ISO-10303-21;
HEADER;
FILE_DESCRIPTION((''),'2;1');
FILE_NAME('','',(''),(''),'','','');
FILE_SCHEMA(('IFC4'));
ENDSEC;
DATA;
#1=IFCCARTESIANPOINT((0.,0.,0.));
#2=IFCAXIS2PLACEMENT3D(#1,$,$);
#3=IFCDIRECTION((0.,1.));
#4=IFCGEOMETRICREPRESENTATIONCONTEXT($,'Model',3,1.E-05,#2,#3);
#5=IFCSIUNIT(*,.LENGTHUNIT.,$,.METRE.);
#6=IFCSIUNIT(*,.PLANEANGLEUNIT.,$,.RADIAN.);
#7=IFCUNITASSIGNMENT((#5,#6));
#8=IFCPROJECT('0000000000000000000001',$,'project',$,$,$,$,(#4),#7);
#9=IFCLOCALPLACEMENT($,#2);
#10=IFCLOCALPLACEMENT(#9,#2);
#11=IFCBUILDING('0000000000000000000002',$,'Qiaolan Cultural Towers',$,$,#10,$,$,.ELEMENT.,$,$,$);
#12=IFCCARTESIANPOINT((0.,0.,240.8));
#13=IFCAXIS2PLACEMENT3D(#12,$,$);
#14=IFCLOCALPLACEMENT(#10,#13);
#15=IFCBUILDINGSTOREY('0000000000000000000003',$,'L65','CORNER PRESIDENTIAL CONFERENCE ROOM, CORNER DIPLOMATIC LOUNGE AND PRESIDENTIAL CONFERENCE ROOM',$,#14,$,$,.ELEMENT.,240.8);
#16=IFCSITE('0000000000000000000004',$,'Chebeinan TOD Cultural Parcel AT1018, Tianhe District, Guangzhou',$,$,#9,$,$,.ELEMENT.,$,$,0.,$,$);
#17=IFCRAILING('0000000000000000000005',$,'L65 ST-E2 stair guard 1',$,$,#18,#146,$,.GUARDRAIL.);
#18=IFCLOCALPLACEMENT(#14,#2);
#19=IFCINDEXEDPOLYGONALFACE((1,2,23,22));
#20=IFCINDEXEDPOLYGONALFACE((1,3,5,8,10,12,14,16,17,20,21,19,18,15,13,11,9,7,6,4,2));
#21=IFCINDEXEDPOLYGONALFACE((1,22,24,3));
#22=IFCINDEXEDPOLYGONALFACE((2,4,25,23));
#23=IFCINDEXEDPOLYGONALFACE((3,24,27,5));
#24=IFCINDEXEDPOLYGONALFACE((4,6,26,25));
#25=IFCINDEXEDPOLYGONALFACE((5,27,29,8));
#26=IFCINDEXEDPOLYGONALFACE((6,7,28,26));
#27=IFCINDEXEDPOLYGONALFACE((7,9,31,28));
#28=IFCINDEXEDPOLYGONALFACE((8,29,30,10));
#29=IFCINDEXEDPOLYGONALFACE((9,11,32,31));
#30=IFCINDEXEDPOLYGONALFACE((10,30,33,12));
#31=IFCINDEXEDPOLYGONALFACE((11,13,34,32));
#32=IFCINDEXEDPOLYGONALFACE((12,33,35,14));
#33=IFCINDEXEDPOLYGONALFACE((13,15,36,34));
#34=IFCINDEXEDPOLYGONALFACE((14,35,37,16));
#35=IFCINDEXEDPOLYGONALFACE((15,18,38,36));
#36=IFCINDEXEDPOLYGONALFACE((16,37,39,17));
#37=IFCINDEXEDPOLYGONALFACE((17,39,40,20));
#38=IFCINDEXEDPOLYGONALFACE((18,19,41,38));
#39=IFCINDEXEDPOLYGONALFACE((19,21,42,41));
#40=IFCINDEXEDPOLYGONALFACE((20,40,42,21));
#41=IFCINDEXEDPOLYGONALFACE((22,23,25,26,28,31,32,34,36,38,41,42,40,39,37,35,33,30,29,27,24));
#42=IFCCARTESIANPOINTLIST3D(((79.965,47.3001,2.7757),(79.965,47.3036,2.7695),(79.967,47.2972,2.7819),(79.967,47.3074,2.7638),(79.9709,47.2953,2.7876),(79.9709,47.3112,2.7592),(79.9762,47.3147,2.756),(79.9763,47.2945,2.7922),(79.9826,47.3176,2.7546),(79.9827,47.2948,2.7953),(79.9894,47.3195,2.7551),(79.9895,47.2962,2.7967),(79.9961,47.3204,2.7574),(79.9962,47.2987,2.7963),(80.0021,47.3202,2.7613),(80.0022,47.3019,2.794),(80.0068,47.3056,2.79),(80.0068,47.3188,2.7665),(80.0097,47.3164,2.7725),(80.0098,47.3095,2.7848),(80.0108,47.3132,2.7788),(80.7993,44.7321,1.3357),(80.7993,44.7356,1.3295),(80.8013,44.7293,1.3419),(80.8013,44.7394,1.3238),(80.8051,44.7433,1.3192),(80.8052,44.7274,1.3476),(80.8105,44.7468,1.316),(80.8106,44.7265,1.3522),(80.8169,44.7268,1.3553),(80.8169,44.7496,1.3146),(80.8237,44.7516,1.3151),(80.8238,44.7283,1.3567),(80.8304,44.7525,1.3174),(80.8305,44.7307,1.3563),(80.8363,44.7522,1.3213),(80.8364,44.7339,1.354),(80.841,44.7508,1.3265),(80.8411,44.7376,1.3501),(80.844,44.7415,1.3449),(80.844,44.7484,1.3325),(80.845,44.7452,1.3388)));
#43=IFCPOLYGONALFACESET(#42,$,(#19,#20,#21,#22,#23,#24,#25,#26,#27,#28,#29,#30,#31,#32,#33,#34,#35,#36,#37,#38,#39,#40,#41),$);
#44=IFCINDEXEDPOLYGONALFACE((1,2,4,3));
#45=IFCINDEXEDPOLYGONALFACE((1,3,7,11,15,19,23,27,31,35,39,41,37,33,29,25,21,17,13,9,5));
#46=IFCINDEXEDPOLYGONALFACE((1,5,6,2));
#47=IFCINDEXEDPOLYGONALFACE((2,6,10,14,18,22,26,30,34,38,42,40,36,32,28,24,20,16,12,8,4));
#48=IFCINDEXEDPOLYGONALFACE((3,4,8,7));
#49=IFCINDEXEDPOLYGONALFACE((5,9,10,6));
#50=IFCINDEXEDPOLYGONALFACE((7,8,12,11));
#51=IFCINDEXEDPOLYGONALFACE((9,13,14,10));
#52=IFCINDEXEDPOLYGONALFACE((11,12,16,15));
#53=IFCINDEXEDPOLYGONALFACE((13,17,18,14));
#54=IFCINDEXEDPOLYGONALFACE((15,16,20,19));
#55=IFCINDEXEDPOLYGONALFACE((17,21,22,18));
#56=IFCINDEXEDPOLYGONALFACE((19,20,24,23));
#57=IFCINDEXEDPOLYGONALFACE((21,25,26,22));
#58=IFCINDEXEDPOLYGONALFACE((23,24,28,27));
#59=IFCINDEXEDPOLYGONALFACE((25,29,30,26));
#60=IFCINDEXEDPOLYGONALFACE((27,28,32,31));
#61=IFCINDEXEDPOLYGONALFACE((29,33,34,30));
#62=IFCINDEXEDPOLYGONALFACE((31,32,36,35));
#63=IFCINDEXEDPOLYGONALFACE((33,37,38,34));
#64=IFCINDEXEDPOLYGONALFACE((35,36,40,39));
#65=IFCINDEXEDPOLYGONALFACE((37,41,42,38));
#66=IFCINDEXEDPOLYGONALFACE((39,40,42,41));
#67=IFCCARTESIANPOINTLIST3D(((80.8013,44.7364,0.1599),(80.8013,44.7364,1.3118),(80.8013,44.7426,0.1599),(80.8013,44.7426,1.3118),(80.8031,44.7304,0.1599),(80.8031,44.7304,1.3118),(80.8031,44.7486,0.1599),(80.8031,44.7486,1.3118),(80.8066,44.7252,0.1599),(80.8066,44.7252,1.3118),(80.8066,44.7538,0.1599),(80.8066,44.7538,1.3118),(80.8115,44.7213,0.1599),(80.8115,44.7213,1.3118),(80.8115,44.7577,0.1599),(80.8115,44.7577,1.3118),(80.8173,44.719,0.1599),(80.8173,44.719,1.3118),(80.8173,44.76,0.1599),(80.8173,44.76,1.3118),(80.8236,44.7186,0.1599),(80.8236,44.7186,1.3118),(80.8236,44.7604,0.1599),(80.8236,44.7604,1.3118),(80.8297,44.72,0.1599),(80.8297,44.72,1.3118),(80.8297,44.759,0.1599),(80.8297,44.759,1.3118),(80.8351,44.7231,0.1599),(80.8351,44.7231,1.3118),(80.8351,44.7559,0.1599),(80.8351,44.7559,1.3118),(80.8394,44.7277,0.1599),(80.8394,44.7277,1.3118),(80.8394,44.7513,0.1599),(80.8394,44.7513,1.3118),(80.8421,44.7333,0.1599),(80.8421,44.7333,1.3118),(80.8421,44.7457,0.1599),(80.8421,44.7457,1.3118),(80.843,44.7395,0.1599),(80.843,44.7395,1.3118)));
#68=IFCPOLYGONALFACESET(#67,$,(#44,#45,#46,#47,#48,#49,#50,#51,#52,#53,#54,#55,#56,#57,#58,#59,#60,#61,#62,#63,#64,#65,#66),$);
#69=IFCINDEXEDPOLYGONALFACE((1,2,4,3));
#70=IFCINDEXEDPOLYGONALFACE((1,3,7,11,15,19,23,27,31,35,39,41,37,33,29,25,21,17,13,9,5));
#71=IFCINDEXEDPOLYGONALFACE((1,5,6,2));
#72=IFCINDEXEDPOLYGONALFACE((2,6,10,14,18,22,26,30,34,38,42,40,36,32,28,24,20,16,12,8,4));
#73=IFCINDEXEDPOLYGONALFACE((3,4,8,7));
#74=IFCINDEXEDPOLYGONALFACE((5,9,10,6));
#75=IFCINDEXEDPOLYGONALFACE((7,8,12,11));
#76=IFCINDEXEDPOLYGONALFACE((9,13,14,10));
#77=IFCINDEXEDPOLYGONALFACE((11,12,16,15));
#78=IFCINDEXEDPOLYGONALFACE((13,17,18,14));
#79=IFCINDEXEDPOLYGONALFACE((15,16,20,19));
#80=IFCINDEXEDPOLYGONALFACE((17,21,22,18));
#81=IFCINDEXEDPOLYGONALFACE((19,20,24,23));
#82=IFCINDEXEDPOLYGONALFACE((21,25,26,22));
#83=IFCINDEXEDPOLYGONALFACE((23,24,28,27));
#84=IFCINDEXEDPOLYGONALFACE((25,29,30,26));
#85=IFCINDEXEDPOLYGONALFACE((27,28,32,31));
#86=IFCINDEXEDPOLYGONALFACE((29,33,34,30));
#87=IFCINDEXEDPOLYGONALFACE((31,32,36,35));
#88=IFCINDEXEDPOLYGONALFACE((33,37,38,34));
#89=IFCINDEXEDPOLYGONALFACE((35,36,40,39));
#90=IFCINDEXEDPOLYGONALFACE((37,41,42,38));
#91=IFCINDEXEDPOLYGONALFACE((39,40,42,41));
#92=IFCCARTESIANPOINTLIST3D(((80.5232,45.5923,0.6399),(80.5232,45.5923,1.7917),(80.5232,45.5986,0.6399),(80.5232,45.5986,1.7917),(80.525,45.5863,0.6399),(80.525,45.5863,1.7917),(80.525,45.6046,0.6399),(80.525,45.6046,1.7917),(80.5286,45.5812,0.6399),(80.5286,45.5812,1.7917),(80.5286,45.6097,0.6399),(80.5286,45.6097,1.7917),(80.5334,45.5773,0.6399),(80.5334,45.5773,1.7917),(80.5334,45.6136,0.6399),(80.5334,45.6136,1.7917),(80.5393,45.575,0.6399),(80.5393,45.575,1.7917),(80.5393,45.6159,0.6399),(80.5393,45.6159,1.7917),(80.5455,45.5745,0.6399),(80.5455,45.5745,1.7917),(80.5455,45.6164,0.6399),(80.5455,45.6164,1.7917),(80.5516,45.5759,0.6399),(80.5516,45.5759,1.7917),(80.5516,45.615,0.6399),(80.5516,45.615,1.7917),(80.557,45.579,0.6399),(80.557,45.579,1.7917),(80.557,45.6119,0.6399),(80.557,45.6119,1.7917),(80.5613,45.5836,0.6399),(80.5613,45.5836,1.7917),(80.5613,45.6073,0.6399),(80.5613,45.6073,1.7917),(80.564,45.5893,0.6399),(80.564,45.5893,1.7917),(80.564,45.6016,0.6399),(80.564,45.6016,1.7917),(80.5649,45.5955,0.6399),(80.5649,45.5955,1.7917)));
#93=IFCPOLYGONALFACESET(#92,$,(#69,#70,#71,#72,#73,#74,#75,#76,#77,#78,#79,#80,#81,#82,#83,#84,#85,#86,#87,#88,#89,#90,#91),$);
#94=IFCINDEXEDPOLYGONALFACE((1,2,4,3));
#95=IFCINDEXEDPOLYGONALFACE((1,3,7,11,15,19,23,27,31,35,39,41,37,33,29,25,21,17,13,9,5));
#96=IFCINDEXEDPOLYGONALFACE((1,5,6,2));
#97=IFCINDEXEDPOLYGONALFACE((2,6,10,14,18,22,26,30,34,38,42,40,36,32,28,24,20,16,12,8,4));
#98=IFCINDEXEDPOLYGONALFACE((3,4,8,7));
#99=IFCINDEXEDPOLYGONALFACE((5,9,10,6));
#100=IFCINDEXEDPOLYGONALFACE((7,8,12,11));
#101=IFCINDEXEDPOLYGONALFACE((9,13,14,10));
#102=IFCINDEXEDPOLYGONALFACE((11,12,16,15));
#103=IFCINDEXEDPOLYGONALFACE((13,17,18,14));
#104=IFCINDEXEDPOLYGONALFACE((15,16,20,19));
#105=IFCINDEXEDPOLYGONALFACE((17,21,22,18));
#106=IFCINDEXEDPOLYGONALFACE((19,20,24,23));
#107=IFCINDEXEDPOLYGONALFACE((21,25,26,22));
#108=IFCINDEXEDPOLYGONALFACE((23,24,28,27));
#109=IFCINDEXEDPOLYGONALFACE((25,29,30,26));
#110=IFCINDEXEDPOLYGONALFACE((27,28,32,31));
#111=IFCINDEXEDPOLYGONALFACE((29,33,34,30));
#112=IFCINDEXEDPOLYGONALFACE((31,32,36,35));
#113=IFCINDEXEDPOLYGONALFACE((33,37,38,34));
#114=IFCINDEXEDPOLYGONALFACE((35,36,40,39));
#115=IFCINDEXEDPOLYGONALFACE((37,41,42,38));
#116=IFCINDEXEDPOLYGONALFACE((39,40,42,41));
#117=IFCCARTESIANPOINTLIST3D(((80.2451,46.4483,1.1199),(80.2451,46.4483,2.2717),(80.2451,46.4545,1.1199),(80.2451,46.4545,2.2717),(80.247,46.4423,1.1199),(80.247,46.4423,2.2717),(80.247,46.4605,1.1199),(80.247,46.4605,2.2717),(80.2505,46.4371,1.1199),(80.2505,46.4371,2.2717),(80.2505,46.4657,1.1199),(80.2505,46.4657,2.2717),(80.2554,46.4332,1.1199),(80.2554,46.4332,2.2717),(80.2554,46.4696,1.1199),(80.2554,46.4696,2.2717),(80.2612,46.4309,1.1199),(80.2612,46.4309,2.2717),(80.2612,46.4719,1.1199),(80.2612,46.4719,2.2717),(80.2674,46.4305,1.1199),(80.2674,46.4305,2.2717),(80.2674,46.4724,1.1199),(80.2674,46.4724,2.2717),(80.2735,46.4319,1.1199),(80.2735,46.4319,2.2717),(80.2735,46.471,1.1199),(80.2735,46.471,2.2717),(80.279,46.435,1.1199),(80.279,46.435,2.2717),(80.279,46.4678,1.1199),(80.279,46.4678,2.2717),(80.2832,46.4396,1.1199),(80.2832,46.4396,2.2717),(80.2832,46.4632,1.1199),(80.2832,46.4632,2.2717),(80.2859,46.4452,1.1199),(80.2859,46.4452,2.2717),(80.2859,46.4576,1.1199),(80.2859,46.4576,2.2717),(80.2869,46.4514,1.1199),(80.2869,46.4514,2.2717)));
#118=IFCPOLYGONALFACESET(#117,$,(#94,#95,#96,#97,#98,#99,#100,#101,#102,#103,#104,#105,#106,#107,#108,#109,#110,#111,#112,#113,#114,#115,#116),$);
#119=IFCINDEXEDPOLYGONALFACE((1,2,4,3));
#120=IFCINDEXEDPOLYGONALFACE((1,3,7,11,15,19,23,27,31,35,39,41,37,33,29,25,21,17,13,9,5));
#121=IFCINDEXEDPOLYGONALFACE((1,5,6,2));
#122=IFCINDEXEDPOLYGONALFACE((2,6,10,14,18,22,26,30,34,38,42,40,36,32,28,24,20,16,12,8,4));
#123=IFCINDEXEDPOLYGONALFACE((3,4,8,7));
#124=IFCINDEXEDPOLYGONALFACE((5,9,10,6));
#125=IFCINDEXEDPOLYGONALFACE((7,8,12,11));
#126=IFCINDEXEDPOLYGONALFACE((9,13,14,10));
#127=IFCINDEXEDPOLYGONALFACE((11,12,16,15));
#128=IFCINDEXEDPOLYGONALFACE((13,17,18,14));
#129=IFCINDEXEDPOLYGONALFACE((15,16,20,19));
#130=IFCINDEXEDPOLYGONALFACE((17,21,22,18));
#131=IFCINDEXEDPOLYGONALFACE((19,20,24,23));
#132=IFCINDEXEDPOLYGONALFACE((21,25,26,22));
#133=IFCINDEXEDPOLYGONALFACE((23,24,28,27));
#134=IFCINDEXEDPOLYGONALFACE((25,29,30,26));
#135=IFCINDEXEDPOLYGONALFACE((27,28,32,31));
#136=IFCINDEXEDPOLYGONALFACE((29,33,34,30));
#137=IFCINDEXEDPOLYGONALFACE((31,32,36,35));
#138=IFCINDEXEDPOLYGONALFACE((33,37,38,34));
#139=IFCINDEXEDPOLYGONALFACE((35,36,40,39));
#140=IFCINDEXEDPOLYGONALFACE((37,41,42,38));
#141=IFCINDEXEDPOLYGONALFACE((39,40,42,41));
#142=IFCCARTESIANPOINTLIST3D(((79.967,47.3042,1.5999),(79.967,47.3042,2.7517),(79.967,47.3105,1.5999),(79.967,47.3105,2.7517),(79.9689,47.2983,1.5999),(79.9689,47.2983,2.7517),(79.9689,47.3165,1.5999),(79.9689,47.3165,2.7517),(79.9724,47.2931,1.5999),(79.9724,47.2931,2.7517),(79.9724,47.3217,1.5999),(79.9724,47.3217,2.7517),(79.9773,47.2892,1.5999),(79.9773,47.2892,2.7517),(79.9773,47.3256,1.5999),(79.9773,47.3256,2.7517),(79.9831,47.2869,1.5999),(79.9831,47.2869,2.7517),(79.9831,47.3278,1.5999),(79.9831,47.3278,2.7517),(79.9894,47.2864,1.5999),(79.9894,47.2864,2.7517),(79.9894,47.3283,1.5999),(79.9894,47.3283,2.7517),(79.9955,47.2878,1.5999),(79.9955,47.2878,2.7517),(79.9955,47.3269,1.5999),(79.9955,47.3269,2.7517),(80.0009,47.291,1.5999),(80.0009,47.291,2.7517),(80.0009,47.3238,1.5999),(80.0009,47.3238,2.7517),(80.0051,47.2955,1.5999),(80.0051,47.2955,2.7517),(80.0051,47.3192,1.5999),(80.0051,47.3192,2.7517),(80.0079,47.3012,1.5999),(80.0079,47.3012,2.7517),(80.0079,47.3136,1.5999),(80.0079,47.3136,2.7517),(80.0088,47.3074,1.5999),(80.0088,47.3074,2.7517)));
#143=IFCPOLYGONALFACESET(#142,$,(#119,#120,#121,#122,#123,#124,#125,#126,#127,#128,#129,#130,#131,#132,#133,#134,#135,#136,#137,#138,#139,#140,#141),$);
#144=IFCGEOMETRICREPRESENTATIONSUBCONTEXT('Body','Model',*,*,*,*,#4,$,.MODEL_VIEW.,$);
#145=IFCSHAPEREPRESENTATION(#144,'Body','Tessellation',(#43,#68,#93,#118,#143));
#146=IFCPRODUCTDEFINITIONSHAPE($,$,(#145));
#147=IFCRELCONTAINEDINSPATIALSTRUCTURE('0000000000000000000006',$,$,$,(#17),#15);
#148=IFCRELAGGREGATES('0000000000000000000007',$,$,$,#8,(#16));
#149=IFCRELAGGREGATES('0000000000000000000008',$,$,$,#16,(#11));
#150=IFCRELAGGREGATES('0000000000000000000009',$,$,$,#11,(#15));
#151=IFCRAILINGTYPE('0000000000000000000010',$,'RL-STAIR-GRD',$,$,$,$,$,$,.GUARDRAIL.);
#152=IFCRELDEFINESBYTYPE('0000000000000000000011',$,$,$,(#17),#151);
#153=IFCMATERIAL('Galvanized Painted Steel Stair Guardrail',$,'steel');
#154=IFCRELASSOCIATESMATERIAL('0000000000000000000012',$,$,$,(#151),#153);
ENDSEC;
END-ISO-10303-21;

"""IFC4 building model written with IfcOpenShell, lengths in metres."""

from ifc_helpers import new_model, si_unit, direction, frame, origin, origin_2d, place, context, subcontext, project, spatial, circle, extrude, material, type_object, element, save


model = new_model("IFC4")

# Units and contexts
model_context = context("Model", 3, precision=1e-05, world=origin(), true_north=direction((0.0, 1.0)))
body_context = subcontext(model_context, "Body", "Model", "MODEL_VIEW")
ifc_project = project(units=[si_unit("LENGTHUNIT", "METRE"), si_unit("PLANEANGLEUNIT", "RADIAN")], contexts=[model_context])

# Site, building, storey
site_placement = place(None, origin())
site = spatial("IfcSite", under=ifc_project, at=site_placement, Name="Chebeinan TOD Cultural Parcel AT1018, Tianhe District, Guangzhou", CompositionType="ELEMENT", RefElevation=0.0)
building_placement = place(site_placement, origin())
building = spatial("IfcBuilding", under=site, at=building_placement, Name="Qiaolan Cultural Towers", CompositionType="ELEMENT")
storey_placement = place(building_placement, frame((0.0, 0.0, 240.8)))
storey = spatial("IfcBuildingStorey", under=building, at=storey_placement, Name="L65", Description="CORNER PRESIDENTIAL CONFERENCE ROOM, CORNER DIPLOMATIC LOUNGE AND PRESIDENTIAL CONFERENCE ROOM", CompositionType="ELEMENT", Elevation=240.8)

# Railing
ifc_material_1 = material(Name="Galvanized Painted Steel Stair Guardrail", Category="steel")
railing_type_1 = type_object("IfcRailingType", Name="RL-STAIR-GRD", PredefinedType="GUARDRAIL", material=ifc_material_1)
railing_1_placement = place(storey_placement, frame((80.822, 44.7395, 0.1599)))
element("IfcRailing", 1, at=railing_1_placement, inside=storey, type_object=railing_type_1, Name="L65 ST-E2 stair guard 1", PredefinedType="GUARDRAIL", context=body_context, shape_type="SweptSolid", body=[
    extrude(circle(Radius=0.0239, at=origin_2d()), frame((0.0, 0.0, 1.1758), z_axis=(-0.272628, 0.839186, 0.470576), x_axis=(-0.95107, -0.308976, 0.0)), (0.0, 0.0, 1.0), 3.0601),
    extrude(circle(Radius=0.021, at=origin_2d()), origin(), (0.0, 0.0, 1.0), 1.1519),
    extrude(circle(Radius=0.021, at=origin_2d()), frame((-0.2781, 0.856, 0.48)), (0.0, 0.0, 1.0), 1.1519),
    extrude(circle(Radius=0.021, at=origin_2d()), frame((-0.5562, 1.7119, 0.96)), (0.0, 0.0, 1.0), 1.1519),
    extrude(circle(Radius=0.021, at=origin_2d()), frame((-0.8342, 2.5679, 1.4399)), (0.0, 0.0, 1.0), 1.1519),
])

save(model, "model.ifc")
